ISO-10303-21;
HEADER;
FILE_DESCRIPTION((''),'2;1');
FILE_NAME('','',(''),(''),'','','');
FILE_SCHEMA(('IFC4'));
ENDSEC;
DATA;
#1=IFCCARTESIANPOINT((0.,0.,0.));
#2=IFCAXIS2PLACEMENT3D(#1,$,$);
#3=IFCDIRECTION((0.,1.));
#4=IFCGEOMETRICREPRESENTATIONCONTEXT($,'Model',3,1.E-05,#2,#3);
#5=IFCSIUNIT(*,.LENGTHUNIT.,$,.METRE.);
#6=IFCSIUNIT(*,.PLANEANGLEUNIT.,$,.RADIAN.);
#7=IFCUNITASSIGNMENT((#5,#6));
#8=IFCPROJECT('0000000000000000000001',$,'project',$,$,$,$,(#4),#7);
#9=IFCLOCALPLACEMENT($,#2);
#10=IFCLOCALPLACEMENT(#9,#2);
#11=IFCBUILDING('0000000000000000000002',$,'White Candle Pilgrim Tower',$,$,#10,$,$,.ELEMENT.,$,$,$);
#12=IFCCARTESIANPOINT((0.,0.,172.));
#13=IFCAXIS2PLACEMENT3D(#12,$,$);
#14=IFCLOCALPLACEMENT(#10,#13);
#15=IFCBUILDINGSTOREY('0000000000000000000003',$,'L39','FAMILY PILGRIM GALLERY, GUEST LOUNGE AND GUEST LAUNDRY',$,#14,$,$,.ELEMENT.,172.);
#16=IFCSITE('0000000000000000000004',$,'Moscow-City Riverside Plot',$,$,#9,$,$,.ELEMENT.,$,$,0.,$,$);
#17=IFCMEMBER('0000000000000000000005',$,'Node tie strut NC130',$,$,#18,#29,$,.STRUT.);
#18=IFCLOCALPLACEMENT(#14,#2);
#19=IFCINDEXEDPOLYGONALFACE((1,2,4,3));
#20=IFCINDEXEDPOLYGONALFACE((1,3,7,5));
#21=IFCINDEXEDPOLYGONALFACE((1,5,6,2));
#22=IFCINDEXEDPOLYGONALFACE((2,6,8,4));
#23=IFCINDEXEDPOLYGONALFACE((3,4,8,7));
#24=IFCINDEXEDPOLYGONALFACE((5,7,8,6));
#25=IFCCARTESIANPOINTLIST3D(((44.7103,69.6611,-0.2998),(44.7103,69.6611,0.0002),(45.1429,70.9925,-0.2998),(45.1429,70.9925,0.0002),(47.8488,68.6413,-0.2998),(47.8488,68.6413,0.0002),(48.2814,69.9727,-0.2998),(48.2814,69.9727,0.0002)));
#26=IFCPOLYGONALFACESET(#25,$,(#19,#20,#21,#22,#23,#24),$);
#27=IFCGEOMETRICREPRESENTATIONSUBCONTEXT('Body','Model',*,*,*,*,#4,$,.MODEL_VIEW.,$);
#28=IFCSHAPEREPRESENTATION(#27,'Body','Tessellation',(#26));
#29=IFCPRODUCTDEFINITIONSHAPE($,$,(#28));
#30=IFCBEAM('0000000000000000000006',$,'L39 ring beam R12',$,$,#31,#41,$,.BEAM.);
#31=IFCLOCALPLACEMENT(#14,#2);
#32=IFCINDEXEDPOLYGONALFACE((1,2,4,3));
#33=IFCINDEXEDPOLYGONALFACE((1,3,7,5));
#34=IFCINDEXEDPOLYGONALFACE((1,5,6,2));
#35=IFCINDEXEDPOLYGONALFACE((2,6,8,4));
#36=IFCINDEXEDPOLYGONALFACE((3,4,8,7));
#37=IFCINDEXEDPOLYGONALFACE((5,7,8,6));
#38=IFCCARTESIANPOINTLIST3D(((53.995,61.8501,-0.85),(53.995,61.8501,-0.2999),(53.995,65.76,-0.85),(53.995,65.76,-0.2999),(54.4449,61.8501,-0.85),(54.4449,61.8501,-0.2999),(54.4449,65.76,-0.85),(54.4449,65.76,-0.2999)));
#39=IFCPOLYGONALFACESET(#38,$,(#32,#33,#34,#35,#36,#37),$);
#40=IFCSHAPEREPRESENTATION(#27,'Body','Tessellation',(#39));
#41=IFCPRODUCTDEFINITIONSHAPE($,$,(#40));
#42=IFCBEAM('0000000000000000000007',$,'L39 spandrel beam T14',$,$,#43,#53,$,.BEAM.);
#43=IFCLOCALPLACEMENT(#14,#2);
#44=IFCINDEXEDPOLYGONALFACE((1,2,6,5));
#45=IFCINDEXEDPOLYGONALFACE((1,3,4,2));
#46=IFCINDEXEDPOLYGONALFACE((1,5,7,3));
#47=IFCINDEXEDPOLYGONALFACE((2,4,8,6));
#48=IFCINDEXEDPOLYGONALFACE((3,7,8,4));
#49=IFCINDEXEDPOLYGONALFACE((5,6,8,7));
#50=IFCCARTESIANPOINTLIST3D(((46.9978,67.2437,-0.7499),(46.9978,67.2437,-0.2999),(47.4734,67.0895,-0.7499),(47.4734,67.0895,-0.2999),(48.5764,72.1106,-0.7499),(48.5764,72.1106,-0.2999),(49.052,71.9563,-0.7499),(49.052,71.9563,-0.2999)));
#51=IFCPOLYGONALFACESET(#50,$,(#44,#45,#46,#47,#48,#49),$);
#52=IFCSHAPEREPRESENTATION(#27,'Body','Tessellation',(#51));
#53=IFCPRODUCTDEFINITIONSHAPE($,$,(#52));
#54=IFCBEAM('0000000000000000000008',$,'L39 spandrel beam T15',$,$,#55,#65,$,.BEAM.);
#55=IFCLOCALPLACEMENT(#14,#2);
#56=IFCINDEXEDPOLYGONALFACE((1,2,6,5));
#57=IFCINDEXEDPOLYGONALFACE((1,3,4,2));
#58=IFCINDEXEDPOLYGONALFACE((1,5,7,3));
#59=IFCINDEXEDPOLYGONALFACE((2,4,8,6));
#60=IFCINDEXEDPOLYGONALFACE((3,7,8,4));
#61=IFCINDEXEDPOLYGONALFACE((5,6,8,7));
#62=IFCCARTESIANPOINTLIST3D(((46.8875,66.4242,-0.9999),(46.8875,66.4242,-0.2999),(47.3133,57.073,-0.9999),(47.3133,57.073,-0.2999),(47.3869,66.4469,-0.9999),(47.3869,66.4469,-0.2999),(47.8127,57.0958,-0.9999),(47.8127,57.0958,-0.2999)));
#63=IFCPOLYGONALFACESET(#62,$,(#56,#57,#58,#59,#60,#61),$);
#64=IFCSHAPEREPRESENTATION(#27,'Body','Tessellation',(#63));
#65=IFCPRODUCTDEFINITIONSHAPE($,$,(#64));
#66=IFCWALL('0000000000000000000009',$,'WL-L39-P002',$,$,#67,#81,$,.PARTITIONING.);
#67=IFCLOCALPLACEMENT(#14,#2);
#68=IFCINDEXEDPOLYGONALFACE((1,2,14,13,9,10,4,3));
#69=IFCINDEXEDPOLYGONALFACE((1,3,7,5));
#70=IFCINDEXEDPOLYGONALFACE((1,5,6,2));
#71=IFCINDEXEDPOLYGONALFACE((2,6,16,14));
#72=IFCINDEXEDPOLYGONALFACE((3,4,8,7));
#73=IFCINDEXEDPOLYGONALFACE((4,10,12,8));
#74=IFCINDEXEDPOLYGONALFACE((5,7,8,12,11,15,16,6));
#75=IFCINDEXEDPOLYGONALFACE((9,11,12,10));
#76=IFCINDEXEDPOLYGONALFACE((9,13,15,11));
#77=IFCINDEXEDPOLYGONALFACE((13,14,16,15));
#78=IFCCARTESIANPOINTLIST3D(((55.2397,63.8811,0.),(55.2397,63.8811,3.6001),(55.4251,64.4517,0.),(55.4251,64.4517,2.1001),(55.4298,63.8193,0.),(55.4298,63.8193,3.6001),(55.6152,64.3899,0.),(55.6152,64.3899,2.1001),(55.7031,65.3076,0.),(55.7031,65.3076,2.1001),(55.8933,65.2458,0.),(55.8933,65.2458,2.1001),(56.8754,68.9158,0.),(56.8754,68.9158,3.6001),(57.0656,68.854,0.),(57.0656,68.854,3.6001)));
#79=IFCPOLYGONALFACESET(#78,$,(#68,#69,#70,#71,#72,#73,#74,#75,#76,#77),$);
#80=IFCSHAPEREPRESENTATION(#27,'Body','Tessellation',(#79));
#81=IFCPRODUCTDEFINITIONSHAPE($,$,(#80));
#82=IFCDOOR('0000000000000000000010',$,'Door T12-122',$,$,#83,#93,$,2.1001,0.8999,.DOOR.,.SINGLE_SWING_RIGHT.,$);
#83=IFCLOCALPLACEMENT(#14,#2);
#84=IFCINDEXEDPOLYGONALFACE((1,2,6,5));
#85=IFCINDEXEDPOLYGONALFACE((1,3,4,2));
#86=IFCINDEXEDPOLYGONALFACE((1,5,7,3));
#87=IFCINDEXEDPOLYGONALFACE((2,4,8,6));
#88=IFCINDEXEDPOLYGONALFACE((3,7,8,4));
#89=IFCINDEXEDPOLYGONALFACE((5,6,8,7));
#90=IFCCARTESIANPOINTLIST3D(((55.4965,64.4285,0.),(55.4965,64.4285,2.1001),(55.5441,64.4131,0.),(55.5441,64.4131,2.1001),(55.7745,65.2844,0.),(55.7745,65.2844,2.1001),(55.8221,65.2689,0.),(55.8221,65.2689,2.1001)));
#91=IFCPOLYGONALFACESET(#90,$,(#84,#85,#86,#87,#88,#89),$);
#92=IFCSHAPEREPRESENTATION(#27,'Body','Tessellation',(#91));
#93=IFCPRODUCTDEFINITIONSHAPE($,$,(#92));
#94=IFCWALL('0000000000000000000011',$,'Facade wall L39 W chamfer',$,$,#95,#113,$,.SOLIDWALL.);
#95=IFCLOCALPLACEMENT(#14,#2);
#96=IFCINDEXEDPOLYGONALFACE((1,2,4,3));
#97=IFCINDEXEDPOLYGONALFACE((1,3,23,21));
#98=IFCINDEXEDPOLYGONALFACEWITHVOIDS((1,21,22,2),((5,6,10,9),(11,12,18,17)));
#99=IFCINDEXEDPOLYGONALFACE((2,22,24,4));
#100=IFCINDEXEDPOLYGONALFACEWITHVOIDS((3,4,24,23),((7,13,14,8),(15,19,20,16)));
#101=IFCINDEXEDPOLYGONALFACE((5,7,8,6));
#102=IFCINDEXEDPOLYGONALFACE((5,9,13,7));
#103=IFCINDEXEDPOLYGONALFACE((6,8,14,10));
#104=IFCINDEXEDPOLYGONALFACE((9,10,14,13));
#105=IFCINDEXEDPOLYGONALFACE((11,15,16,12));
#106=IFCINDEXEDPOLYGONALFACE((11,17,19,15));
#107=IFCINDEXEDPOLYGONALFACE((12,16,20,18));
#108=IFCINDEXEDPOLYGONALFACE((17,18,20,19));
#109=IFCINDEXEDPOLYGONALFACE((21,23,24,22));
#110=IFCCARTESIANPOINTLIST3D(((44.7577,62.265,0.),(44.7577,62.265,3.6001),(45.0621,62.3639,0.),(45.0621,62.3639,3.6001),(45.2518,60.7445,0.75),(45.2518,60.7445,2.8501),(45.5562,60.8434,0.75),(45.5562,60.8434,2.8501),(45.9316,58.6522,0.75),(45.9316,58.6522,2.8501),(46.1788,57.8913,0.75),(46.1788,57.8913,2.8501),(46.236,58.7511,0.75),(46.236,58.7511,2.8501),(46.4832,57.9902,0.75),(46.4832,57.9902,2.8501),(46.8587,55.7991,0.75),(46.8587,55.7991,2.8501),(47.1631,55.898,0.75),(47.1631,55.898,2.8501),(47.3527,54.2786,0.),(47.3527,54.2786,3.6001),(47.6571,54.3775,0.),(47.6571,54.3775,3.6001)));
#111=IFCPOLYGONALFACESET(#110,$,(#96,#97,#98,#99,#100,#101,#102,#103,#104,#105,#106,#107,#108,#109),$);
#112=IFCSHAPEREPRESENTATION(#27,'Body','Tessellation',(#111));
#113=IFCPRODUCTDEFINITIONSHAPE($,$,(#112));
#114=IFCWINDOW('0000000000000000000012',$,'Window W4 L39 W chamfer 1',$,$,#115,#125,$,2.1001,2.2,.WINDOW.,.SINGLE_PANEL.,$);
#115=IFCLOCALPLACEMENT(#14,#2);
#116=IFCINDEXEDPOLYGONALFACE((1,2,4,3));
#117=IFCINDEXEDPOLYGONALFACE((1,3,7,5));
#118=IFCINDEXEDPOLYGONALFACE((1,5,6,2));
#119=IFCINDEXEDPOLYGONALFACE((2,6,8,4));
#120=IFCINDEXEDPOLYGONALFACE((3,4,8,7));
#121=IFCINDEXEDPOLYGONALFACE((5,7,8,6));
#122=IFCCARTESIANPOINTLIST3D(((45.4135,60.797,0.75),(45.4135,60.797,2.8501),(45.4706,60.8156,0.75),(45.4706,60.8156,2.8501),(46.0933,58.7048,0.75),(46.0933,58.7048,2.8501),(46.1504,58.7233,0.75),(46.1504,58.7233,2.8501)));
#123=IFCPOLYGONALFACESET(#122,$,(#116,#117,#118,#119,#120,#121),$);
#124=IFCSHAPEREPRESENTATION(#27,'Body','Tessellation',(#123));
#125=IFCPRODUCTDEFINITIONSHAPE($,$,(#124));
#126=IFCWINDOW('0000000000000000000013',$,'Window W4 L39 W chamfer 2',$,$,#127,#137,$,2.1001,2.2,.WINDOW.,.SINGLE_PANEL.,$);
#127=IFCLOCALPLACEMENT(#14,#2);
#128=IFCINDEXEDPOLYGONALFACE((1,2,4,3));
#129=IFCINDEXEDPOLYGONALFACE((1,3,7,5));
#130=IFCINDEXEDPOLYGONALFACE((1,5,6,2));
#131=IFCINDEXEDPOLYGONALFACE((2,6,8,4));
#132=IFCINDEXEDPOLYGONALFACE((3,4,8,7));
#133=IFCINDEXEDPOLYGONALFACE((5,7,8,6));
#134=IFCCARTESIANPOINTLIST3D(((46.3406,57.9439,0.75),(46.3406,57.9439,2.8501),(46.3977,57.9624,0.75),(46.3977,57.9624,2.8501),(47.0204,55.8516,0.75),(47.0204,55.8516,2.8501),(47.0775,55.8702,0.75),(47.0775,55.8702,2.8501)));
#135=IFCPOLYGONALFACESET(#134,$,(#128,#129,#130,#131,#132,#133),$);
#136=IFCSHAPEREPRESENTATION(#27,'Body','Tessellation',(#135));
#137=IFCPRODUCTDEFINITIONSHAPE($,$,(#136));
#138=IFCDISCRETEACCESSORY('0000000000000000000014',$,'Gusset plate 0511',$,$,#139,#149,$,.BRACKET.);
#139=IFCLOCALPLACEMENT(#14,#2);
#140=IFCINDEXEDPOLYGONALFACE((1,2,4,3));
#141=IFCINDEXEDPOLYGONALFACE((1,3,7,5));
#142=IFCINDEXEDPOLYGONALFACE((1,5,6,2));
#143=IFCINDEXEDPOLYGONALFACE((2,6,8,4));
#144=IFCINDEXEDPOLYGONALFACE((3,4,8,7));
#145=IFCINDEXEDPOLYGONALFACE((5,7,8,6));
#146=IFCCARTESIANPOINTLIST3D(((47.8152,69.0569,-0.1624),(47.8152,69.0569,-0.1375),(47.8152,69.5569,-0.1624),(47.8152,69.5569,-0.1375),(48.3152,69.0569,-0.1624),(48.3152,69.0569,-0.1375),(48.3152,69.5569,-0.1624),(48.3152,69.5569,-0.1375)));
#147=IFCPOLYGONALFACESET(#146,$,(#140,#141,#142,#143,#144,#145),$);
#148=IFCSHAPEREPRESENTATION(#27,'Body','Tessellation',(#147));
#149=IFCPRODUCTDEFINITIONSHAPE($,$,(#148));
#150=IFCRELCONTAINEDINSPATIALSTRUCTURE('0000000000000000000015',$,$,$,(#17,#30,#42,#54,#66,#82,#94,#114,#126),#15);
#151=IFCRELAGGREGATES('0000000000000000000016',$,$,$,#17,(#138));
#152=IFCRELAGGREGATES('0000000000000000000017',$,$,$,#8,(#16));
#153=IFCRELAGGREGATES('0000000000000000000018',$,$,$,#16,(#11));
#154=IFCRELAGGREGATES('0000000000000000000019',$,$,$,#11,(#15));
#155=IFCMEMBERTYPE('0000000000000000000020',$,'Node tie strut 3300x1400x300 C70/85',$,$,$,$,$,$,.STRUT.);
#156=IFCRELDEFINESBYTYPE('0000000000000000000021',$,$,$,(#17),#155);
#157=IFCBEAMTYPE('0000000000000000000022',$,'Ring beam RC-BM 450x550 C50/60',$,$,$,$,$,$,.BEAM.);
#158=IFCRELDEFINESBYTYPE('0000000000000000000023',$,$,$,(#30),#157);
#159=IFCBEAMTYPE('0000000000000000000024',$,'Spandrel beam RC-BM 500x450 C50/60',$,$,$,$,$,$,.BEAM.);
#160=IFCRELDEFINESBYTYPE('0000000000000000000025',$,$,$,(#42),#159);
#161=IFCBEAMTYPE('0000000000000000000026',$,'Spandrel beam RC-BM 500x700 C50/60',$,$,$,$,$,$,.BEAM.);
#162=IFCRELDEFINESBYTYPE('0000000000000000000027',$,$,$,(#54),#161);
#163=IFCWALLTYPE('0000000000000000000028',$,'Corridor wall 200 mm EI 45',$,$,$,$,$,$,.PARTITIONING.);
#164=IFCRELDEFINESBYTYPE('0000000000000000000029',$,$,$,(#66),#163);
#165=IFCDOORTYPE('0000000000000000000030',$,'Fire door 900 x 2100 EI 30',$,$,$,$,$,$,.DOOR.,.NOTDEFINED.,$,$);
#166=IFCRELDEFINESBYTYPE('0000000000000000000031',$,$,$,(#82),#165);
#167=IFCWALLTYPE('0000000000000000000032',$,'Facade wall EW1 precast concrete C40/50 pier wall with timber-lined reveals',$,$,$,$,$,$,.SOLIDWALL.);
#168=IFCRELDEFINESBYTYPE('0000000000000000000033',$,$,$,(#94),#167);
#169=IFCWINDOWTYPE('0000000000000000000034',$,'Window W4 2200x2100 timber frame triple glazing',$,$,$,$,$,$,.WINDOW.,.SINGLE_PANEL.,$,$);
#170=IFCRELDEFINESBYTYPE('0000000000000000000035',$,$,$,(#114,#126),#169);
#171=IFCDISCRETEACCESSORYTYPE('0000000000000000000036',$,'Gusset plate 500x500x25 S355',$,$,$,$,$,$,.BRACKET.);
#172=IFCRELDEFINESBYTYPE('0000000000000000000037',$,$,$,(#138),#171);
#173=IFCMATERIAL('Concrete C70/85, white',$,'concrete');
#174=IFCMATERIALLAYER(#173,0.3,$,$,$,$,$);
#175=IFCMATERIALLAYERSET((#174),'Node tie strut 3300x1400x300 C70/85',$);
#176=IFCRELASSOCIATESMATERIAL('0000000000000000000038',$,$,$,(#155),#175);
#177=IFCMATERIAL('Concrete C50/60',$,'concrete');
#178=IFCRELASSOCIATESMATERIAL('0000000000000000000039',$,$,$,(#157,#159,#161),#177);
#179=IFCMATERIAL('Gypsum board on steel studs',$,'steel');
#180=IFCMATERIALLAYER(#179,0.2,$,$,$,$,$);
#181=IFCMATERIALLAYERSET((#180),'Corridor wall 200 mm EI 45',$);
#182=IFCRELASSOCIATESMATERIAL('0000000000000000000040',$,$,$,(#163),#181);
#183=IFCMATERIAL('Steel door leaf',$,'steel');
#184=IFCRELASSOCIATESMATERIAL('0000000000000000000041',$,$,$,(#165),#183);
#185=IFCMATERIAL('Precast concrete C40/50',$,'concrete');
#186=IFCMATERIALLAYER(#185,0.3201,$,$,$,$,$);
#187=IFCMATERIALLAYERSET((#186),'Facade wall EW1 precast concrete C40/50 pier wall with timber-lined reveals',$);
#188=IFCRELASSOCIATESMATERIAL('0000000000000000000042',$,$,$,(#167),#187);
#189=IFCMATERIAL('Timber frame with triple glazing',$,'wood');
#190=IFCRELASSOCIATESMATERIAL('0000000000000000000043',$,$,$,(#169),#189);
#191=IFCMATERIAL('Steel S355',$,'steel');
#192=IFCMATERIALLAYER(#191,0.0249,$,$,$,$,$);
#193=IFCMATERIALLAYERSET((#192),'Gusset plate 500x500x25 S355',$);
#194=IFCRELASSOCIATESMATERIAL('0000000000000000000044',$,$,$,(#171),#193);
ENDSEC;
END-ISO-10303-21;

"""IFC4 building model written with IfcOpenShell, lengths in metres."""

from ifc_helpers import new_model, si_unit, direction, frame, frame_2d, origin, origin_2d, place, context, subcontext, project, spatial, rectangle, extrude, material, layer, layer_set, material_profile, profile_set, type_object, element, fill, aggregate, save


model = new_model("IFC4")

# Units and contexts
model_context = context("Model", 3, precision=1e-05, world=origin(), true_north=direction((0.0, 1.0)))
body_context = subcontext(model_context, "Body", "Model", "MODEL_VIEW")
ifc_project = project(units=[si_unit("LENGTHUNIT", "METRE"), si_unit("PLANEANGLEUNIT", "RADIAN")], contexts=[model_context])

# Site, building, storey
site_placement = place(None, origin())
site = spatial("IfcSite", under=ifc_project, at=site_placement, Name="Moscow-City Riverside Plot", CompositionType="ELEMENT", RefElevation=0.0)
building_placement = place(site_placement, origin())
building = spatial("IfcBuilding", under=site, at=building_placement, Name="White Candle Pilgrim Tower", CompositionType="ELEMENT")
storey_placement = place(building_placement, frame((0.0, 0.0, 172.0)))
storey = spatial("IfcBuildingStorey", under=building, at=storey_placement, Name="L39", Description="FAMILY PILGRIM GALLERY, GUEST LOUNGE AND GUEST LAUNDRY", CompositionType="ELEMENT", Elevation=172.0)

# Member
ifc_material_1 = material(Name="Concrete C70/85, white", Category="concrete")
ifc_layer_1 = layer(ifc_material_1, 0.3)
ifc_layer_set_1 = layer_set([ifc_layer_1], Name="Node tie strut 3300x1400x300 C70/85")
member_type_1 = type_object("IfcMemberType", Name="Node tie strut 3300x1400x300 C70/85", PredefinedType="STRUT", material=ifc_layer_set_1)
member_1_placement = place(storey_placement, frame((46.4958, 69.8169, -0.2998), z_axis=(0.0, 0.0, 1.0), x_axis=(-0.309017, -0.951057, 0.0)))
member_1 = element("IfcMember", 1, at=member_1_placement, inside=storey, type_object=member_type_1, Name="Node tie strut NC130", PredefinedType="STRUT", context=body_context, shape_type="SweptSolid", body=[
    extrude(rectangle(XDim=1.3999, YDim=3.3, at=origin_2d()), origin(), (0.0, 0.0, 1.0), 0.3),
])

# Beams
ifc_material_2 = material(Name="Concrete C50/60", Category="concrete")
ifc_material_profile_1 = material_profile(ifc_material_2, rectangle(XDim=0.45, YDim=0.55, at=origin_2d()), Name="RC-BM 450x550")
ifc_profile_set_1 = profile_set([ifc_material_profile_1], Name="Concrete C50/60")
beam_type_1 = type_object("IfcBeamType", Name="Ring beam RC-BM 450x550 C50/60", PredefinedType="BEAM", material=ifc_profile_set_1)
beam_1_placement = place(storey_placement, frame((54.22, 65.76, -0.575), z_axis=(0.0, -1.0, 0.0), x_axis=(1.0, 0.0, 0.0)))
element("IfcBeam", 2, at=beam_1_placement, inside=storey, type_object=beam_type_1, Name="L39 ring beam R12", PredefinedType="BEAM", context=body_context, shape_type="SweptSolid", body=[
    extrude(rectangle(XDim=0.45, YDim=0.55, at=origin_2d()), origin(), (0.0, 0.0, 1.0), 3.9099),
])
ifc_material_profile_2 = material_profile(ifc_material_2, rectangle(XDim=0.5, YDim=0.45, at=origin_2d()), Name="RC-BM 500x450")
ifc_profile_set_2 = profile_set([ifc_material_profile_2], Name="Concrete C50/60")
beam_type_2 = type_object("IfcBeamType", Name="Spandrel beam RC-BM 500x450 C50/60", PredefinedType="BEAM", material=ifc_profile_set_2)
beam_2_placement = place(storey_placement, frame((48.8142, 72.0334, -0.5249), z_axis=(-0.30853, -0.951214, 0.0), x_axis=(0.951214, -0.30853, 0.0)))
element("IfcBeam", 3, at=beam_2_placement, inside=storey, type_object=beam_type_2, Name="L39 spandrel beam T14", PredefinedType="BEAM", context=body_context, shape_type="SweptSolid", body=[
    extrude(rectangle(XDim=0.5, YDim=0.45, at=origin_2d()), origin(), (0.0, 0.0, 1.0), 5.1165),
])
ifc_material_profile_3 = material_profile(ifc_material_2, rectangle(XDim=0.5, YDim=0.7, at=origin_2d()), Name="RC-BM 500x700")
ifc_profile_set_3 = profile_set([ifc_material_profile_3], Name="Concrete C50/60")
beam_type_3 = type_object("IfcBeamType", Name="Spandrel beam RC-BM 500x700 C50/60", PredefinedType="BEAM", material=ifc_profile_set_3)
beam_3_placement = place(storey_placement, frame((47.1372, 66.4355, -0.6499), z_axis=(0.045486, -0.998965, 0.0), x_axis=(0.998965, 0.045486, 0.0)))
element("IfcBeam", 4, at=beam_3_placement, inside=storey, type_object=beam_type_3, Name="L39 spandrel beam T15", PredefinedType="BEAM", context=body_context, shape_type="SweptSolid", body=[
    extrude(rectangle(XDim=0.5, YDim=0.7, at=origin_2d()), origin(), (0.0, 0.0, 1.0), 9.3608),
])

# Wall, opening, door
ifc_material_3 = material(Name="Gypsum board on steel studs", Category="steel")
ifc_layer_2 = layer(ifc_material_3, 0.2)
ifc_layer_set_2 = layer_set([ifc_layer_2], Name="Corridor wall 200 mm EI 45")
wall_type_1 = type_object("IfcWallType", Name="Corridor wall 200 mm EI 45", PredefinedType="PARTITIONING", material=ifc_layer_set_2)
wall_1_placement = place(storey_placement, frame((55.3347, 63.8501, 0.0), z_axis=(0.0, 0.0, 1.0), x_axis=(0.308996, 0.951063, 0.0)))
wall_1 = element("IfcWall", 5, at=wall_1_placement, inside=storey, type_object=wall_type_1, Name="WL-L39-P002", PredefinedType="PARTITIONING", context=body_context, shape_type="SweptSolid", body=[
    extrude(rectangle(XDim=5.2937, YDim=0.2, at=frame_2d((2.647, 0.0))), origin(), (0.0, 0.0, 1.0), 3.6001),
])
opening_1_placement = place(wall_1_placement, frame((0.6001, 0.0, 0.0)))
opening_1 = element("IfcOpeningElement", 6, at=opening_1_placement, cuts=wall_1, PredefinedType="OPENING", context=body_context, shape_type="SweptSolid", body=[
    extrude(rectangle(XDim=0.8999, YDim=2.1001, at=frame_2d((0.45, 1.05))), frame((0.0, 0.1099, 0.0), z_axis=(0.0, -1.0, 0.0), x_axis=(1.0, 0.0, 0.0)), (0.0, 0.0, 1.0), 0.22),
])
ifc_material_4 = material(Name="Steel door leaf", Category="steel")
door_type_1 = type_object("IfcDoorType", Name="Fire door 900 x 2100 EI 30", OperationType="NOTDEFINED", PredefinedType="DOOR", material=ifc_material_4)
door_1_placement = place(opening_1_placement, origin())
door_1 = element("IfcDoor", 7, at=door_1_placement, inside=storey, type_object=door_type_1, Name="Door T12-122", OperationType="SINGLE_SWING_RIGHT", OverallHeight=2.1001, OverallWidth=0.8999, PredefinedType="DOOR", context=body_context, shape_type="SweptSolid", body=[
    extrude(rectangle(XDim=0.8999, YDim=2.1001, at=frame_2d((0.45, 1.05))), frame((0.0, 0.0249, 0.0), z_axis=(0.0, -1.0, 0.0), x_axis=(1.0, 0.0, 0.0)), (0.0, 0.0, 1.0), 0.05),
])
fill(opening_1, door_1)

# Wall, openings, windows
ifc_material_5 = material(Name="Precast concrete C40/50", Category="concrete")
ifc_layer_3 = layer(ifc_material_5, 0.3201)
ifc_layer_set_3 = layer_set([ifc_layer_3], Name="Facade wall EW1 precast concrete C40/50 pier wall with timber-lined reveals")
wall_type_2 = type_object("IfcWallType", Name="Facade wall EW1 precast concrete C40/50 pier wall with timber-lined reveals", PredefinedType="SOLIDWALL", material=ifc_layer_set_3)
wall_2_placement = place(storey_placement, frame((44.9099, 62.3145, 0.0), z_axis=(0.0, 0.0, 1.0), x_axis=(0.309023, -0.951055, 0.0)))
wall_2 = element("IfcWall", 8, at=wall_2_placement, inside=storey, type_object=wall_type_2, Name="Facade wall L39 W chamfer", PredefinedType="SOLIDWALL", context=body_context, shape_type="SweptSolid", body=[
    extrude(rectangle(XDim=8.3975, YDim=0.3201, at=frame_2d((4.1987, 0.0))), origin(), (0.0, 0.0, 1.0), 3.6001),
])
opening_2_placement = place(wall_2_placement, frame((1.5986, 0.0, 0.75)))
opening_2 = element("IfcOpeningElement", 9, at=opening_2_placement, cuts=wall_2, PredefinedType="OPENING", context=body_context, shape_type="SweptSolid", body=[
    extrude(rectangle(XDim=2.2, YDim=2.1001, at=frame_2d((1.1001, 1.05))), frame((0.0, 0.1699, 0.0), z_axis=(0.0, -1.0, 0.0), x_axis=(1.0, 0.0, 0.0)), (0.0, 0.0, 1.0), 0.3401),
])
opening_3_placement = place(wall_2_placement, frame((4.5986, 0.0, 0.75)))
opening_3 = element("IfcOpeningElement", 10, at=opening_3_placement, cuts=wall_2, PredefinedType="OPENING", context=body_context, shape_type="SweptSolid", body=[
    extrude(rectangle(XDim=2.2, YDim=2.1001, at=frame_2d((1.1001, 1.05))), frame((0.0, 0.1699, 0.0), z_axis=(0.0, -1.0, 0.0), x_axis=(1.0, 0.0, 0.0)), (0.0, 0.0, 1.0), 0.3401),
])
ifc_material_6 = material(Name="Timber frame with triple glazing", Category="wood")
window_type = type_object("IfcWindowType", Name="Window W4 2200x2100 timber frame triple glazing", PartitioningType="SINGLE_PANEL", PredefinedType="WINDOW", material=ifc_material_6)
window_1_placement = place(opening_2_placement, origin())
window_1 = element("IfcWindow", 11, at=window_1_placement, inside=storey, type_object=window_type, Name="Window W4 L39 W chamfer 1", OverallHeight=2.1001, OverallWidth=2.2, PartitioningType="SINGLE_PANEL", PredefinedType="WINDOW", context=body_context, shape_type="SweptSolid", body=[
    extrude(rectangle(XDim=2.2, YDim=2.1001, at=frame_2d((1.1001, 1.05))), frame((0.0, 0.0701, 0.0), z_axis=(0.0, -1.0, 0.0), x_axis=(1.0, 0.0, 0.0)), (0.0, 0.0, 1.0), 0.0601),
])
fill(opening_2, window_1)
window_2_placement = place(opening_3_placement, origin())
window_2 = element("IfcWindow", 12, at=window_2_placement, inside=storey, type_object=window_type, Name="Window W4 L39 W chamfer 2", OverallHeight=2.1001, OverallWidth=2.2, PartitioningType="SINGLE_PANEL", PredefinedType="WINDOW", context=body_context, shape_type="SweptSolid", body=[
    extrude(rectangle(XDim=2.2, YDim=2.1001, at=frame_2d((1.1001, 1.05))), frame((0.0, 0.0701, 0.0), z_axis=(0.0, -1.0, 0.0), x_axis=(1.0, 0.0, 0.0)), (0.0, 0.0, 1.0), 0.0601),
])
fill(opening_3, window_2)

# Discrete accessory
ifc_material_7 = material(Name="Steel S355", Category="steel")
ifc_layer_4 = layer(ifc_material_7, 0.0249)
ifc_layer_set_4 = layer_set([ifc_layer_4], Name="Gusset plate 500x500x25 S355")
discrete_accessory_type = type_object("IfcDiscreteAccessoryType", Name="Gusset plate 500x500x25 S355", PredefinedType="BRACKET", material=ifc_layer_set_4)
discrete_accessory_1_placement = place(storey_placement, frame((48.0652, 69.3069, -0.1624), z_axis=(0.0, 0.0, 1.0), x_axis=(1.0, 0.0, 0.0)))
discrete_accessory_1 = element("IfcDiscreteAccessory", 13, at=discrete_accessory_1_placement, type_object=discrete_accessory_type, Name="Gusset plate 0511", PredefinedType="BRACKET", context=body_context, shape_type="SweptSolid", body=[
    extrude(rectangle(XDim=0.5, YDim=0.5, at=origin_2d()), origin(), (0.0, 0.0, 1.0), 0.0249),
])
aggregate(member_1, [discrete_accessory_1])

save(model, "model.ifc")
